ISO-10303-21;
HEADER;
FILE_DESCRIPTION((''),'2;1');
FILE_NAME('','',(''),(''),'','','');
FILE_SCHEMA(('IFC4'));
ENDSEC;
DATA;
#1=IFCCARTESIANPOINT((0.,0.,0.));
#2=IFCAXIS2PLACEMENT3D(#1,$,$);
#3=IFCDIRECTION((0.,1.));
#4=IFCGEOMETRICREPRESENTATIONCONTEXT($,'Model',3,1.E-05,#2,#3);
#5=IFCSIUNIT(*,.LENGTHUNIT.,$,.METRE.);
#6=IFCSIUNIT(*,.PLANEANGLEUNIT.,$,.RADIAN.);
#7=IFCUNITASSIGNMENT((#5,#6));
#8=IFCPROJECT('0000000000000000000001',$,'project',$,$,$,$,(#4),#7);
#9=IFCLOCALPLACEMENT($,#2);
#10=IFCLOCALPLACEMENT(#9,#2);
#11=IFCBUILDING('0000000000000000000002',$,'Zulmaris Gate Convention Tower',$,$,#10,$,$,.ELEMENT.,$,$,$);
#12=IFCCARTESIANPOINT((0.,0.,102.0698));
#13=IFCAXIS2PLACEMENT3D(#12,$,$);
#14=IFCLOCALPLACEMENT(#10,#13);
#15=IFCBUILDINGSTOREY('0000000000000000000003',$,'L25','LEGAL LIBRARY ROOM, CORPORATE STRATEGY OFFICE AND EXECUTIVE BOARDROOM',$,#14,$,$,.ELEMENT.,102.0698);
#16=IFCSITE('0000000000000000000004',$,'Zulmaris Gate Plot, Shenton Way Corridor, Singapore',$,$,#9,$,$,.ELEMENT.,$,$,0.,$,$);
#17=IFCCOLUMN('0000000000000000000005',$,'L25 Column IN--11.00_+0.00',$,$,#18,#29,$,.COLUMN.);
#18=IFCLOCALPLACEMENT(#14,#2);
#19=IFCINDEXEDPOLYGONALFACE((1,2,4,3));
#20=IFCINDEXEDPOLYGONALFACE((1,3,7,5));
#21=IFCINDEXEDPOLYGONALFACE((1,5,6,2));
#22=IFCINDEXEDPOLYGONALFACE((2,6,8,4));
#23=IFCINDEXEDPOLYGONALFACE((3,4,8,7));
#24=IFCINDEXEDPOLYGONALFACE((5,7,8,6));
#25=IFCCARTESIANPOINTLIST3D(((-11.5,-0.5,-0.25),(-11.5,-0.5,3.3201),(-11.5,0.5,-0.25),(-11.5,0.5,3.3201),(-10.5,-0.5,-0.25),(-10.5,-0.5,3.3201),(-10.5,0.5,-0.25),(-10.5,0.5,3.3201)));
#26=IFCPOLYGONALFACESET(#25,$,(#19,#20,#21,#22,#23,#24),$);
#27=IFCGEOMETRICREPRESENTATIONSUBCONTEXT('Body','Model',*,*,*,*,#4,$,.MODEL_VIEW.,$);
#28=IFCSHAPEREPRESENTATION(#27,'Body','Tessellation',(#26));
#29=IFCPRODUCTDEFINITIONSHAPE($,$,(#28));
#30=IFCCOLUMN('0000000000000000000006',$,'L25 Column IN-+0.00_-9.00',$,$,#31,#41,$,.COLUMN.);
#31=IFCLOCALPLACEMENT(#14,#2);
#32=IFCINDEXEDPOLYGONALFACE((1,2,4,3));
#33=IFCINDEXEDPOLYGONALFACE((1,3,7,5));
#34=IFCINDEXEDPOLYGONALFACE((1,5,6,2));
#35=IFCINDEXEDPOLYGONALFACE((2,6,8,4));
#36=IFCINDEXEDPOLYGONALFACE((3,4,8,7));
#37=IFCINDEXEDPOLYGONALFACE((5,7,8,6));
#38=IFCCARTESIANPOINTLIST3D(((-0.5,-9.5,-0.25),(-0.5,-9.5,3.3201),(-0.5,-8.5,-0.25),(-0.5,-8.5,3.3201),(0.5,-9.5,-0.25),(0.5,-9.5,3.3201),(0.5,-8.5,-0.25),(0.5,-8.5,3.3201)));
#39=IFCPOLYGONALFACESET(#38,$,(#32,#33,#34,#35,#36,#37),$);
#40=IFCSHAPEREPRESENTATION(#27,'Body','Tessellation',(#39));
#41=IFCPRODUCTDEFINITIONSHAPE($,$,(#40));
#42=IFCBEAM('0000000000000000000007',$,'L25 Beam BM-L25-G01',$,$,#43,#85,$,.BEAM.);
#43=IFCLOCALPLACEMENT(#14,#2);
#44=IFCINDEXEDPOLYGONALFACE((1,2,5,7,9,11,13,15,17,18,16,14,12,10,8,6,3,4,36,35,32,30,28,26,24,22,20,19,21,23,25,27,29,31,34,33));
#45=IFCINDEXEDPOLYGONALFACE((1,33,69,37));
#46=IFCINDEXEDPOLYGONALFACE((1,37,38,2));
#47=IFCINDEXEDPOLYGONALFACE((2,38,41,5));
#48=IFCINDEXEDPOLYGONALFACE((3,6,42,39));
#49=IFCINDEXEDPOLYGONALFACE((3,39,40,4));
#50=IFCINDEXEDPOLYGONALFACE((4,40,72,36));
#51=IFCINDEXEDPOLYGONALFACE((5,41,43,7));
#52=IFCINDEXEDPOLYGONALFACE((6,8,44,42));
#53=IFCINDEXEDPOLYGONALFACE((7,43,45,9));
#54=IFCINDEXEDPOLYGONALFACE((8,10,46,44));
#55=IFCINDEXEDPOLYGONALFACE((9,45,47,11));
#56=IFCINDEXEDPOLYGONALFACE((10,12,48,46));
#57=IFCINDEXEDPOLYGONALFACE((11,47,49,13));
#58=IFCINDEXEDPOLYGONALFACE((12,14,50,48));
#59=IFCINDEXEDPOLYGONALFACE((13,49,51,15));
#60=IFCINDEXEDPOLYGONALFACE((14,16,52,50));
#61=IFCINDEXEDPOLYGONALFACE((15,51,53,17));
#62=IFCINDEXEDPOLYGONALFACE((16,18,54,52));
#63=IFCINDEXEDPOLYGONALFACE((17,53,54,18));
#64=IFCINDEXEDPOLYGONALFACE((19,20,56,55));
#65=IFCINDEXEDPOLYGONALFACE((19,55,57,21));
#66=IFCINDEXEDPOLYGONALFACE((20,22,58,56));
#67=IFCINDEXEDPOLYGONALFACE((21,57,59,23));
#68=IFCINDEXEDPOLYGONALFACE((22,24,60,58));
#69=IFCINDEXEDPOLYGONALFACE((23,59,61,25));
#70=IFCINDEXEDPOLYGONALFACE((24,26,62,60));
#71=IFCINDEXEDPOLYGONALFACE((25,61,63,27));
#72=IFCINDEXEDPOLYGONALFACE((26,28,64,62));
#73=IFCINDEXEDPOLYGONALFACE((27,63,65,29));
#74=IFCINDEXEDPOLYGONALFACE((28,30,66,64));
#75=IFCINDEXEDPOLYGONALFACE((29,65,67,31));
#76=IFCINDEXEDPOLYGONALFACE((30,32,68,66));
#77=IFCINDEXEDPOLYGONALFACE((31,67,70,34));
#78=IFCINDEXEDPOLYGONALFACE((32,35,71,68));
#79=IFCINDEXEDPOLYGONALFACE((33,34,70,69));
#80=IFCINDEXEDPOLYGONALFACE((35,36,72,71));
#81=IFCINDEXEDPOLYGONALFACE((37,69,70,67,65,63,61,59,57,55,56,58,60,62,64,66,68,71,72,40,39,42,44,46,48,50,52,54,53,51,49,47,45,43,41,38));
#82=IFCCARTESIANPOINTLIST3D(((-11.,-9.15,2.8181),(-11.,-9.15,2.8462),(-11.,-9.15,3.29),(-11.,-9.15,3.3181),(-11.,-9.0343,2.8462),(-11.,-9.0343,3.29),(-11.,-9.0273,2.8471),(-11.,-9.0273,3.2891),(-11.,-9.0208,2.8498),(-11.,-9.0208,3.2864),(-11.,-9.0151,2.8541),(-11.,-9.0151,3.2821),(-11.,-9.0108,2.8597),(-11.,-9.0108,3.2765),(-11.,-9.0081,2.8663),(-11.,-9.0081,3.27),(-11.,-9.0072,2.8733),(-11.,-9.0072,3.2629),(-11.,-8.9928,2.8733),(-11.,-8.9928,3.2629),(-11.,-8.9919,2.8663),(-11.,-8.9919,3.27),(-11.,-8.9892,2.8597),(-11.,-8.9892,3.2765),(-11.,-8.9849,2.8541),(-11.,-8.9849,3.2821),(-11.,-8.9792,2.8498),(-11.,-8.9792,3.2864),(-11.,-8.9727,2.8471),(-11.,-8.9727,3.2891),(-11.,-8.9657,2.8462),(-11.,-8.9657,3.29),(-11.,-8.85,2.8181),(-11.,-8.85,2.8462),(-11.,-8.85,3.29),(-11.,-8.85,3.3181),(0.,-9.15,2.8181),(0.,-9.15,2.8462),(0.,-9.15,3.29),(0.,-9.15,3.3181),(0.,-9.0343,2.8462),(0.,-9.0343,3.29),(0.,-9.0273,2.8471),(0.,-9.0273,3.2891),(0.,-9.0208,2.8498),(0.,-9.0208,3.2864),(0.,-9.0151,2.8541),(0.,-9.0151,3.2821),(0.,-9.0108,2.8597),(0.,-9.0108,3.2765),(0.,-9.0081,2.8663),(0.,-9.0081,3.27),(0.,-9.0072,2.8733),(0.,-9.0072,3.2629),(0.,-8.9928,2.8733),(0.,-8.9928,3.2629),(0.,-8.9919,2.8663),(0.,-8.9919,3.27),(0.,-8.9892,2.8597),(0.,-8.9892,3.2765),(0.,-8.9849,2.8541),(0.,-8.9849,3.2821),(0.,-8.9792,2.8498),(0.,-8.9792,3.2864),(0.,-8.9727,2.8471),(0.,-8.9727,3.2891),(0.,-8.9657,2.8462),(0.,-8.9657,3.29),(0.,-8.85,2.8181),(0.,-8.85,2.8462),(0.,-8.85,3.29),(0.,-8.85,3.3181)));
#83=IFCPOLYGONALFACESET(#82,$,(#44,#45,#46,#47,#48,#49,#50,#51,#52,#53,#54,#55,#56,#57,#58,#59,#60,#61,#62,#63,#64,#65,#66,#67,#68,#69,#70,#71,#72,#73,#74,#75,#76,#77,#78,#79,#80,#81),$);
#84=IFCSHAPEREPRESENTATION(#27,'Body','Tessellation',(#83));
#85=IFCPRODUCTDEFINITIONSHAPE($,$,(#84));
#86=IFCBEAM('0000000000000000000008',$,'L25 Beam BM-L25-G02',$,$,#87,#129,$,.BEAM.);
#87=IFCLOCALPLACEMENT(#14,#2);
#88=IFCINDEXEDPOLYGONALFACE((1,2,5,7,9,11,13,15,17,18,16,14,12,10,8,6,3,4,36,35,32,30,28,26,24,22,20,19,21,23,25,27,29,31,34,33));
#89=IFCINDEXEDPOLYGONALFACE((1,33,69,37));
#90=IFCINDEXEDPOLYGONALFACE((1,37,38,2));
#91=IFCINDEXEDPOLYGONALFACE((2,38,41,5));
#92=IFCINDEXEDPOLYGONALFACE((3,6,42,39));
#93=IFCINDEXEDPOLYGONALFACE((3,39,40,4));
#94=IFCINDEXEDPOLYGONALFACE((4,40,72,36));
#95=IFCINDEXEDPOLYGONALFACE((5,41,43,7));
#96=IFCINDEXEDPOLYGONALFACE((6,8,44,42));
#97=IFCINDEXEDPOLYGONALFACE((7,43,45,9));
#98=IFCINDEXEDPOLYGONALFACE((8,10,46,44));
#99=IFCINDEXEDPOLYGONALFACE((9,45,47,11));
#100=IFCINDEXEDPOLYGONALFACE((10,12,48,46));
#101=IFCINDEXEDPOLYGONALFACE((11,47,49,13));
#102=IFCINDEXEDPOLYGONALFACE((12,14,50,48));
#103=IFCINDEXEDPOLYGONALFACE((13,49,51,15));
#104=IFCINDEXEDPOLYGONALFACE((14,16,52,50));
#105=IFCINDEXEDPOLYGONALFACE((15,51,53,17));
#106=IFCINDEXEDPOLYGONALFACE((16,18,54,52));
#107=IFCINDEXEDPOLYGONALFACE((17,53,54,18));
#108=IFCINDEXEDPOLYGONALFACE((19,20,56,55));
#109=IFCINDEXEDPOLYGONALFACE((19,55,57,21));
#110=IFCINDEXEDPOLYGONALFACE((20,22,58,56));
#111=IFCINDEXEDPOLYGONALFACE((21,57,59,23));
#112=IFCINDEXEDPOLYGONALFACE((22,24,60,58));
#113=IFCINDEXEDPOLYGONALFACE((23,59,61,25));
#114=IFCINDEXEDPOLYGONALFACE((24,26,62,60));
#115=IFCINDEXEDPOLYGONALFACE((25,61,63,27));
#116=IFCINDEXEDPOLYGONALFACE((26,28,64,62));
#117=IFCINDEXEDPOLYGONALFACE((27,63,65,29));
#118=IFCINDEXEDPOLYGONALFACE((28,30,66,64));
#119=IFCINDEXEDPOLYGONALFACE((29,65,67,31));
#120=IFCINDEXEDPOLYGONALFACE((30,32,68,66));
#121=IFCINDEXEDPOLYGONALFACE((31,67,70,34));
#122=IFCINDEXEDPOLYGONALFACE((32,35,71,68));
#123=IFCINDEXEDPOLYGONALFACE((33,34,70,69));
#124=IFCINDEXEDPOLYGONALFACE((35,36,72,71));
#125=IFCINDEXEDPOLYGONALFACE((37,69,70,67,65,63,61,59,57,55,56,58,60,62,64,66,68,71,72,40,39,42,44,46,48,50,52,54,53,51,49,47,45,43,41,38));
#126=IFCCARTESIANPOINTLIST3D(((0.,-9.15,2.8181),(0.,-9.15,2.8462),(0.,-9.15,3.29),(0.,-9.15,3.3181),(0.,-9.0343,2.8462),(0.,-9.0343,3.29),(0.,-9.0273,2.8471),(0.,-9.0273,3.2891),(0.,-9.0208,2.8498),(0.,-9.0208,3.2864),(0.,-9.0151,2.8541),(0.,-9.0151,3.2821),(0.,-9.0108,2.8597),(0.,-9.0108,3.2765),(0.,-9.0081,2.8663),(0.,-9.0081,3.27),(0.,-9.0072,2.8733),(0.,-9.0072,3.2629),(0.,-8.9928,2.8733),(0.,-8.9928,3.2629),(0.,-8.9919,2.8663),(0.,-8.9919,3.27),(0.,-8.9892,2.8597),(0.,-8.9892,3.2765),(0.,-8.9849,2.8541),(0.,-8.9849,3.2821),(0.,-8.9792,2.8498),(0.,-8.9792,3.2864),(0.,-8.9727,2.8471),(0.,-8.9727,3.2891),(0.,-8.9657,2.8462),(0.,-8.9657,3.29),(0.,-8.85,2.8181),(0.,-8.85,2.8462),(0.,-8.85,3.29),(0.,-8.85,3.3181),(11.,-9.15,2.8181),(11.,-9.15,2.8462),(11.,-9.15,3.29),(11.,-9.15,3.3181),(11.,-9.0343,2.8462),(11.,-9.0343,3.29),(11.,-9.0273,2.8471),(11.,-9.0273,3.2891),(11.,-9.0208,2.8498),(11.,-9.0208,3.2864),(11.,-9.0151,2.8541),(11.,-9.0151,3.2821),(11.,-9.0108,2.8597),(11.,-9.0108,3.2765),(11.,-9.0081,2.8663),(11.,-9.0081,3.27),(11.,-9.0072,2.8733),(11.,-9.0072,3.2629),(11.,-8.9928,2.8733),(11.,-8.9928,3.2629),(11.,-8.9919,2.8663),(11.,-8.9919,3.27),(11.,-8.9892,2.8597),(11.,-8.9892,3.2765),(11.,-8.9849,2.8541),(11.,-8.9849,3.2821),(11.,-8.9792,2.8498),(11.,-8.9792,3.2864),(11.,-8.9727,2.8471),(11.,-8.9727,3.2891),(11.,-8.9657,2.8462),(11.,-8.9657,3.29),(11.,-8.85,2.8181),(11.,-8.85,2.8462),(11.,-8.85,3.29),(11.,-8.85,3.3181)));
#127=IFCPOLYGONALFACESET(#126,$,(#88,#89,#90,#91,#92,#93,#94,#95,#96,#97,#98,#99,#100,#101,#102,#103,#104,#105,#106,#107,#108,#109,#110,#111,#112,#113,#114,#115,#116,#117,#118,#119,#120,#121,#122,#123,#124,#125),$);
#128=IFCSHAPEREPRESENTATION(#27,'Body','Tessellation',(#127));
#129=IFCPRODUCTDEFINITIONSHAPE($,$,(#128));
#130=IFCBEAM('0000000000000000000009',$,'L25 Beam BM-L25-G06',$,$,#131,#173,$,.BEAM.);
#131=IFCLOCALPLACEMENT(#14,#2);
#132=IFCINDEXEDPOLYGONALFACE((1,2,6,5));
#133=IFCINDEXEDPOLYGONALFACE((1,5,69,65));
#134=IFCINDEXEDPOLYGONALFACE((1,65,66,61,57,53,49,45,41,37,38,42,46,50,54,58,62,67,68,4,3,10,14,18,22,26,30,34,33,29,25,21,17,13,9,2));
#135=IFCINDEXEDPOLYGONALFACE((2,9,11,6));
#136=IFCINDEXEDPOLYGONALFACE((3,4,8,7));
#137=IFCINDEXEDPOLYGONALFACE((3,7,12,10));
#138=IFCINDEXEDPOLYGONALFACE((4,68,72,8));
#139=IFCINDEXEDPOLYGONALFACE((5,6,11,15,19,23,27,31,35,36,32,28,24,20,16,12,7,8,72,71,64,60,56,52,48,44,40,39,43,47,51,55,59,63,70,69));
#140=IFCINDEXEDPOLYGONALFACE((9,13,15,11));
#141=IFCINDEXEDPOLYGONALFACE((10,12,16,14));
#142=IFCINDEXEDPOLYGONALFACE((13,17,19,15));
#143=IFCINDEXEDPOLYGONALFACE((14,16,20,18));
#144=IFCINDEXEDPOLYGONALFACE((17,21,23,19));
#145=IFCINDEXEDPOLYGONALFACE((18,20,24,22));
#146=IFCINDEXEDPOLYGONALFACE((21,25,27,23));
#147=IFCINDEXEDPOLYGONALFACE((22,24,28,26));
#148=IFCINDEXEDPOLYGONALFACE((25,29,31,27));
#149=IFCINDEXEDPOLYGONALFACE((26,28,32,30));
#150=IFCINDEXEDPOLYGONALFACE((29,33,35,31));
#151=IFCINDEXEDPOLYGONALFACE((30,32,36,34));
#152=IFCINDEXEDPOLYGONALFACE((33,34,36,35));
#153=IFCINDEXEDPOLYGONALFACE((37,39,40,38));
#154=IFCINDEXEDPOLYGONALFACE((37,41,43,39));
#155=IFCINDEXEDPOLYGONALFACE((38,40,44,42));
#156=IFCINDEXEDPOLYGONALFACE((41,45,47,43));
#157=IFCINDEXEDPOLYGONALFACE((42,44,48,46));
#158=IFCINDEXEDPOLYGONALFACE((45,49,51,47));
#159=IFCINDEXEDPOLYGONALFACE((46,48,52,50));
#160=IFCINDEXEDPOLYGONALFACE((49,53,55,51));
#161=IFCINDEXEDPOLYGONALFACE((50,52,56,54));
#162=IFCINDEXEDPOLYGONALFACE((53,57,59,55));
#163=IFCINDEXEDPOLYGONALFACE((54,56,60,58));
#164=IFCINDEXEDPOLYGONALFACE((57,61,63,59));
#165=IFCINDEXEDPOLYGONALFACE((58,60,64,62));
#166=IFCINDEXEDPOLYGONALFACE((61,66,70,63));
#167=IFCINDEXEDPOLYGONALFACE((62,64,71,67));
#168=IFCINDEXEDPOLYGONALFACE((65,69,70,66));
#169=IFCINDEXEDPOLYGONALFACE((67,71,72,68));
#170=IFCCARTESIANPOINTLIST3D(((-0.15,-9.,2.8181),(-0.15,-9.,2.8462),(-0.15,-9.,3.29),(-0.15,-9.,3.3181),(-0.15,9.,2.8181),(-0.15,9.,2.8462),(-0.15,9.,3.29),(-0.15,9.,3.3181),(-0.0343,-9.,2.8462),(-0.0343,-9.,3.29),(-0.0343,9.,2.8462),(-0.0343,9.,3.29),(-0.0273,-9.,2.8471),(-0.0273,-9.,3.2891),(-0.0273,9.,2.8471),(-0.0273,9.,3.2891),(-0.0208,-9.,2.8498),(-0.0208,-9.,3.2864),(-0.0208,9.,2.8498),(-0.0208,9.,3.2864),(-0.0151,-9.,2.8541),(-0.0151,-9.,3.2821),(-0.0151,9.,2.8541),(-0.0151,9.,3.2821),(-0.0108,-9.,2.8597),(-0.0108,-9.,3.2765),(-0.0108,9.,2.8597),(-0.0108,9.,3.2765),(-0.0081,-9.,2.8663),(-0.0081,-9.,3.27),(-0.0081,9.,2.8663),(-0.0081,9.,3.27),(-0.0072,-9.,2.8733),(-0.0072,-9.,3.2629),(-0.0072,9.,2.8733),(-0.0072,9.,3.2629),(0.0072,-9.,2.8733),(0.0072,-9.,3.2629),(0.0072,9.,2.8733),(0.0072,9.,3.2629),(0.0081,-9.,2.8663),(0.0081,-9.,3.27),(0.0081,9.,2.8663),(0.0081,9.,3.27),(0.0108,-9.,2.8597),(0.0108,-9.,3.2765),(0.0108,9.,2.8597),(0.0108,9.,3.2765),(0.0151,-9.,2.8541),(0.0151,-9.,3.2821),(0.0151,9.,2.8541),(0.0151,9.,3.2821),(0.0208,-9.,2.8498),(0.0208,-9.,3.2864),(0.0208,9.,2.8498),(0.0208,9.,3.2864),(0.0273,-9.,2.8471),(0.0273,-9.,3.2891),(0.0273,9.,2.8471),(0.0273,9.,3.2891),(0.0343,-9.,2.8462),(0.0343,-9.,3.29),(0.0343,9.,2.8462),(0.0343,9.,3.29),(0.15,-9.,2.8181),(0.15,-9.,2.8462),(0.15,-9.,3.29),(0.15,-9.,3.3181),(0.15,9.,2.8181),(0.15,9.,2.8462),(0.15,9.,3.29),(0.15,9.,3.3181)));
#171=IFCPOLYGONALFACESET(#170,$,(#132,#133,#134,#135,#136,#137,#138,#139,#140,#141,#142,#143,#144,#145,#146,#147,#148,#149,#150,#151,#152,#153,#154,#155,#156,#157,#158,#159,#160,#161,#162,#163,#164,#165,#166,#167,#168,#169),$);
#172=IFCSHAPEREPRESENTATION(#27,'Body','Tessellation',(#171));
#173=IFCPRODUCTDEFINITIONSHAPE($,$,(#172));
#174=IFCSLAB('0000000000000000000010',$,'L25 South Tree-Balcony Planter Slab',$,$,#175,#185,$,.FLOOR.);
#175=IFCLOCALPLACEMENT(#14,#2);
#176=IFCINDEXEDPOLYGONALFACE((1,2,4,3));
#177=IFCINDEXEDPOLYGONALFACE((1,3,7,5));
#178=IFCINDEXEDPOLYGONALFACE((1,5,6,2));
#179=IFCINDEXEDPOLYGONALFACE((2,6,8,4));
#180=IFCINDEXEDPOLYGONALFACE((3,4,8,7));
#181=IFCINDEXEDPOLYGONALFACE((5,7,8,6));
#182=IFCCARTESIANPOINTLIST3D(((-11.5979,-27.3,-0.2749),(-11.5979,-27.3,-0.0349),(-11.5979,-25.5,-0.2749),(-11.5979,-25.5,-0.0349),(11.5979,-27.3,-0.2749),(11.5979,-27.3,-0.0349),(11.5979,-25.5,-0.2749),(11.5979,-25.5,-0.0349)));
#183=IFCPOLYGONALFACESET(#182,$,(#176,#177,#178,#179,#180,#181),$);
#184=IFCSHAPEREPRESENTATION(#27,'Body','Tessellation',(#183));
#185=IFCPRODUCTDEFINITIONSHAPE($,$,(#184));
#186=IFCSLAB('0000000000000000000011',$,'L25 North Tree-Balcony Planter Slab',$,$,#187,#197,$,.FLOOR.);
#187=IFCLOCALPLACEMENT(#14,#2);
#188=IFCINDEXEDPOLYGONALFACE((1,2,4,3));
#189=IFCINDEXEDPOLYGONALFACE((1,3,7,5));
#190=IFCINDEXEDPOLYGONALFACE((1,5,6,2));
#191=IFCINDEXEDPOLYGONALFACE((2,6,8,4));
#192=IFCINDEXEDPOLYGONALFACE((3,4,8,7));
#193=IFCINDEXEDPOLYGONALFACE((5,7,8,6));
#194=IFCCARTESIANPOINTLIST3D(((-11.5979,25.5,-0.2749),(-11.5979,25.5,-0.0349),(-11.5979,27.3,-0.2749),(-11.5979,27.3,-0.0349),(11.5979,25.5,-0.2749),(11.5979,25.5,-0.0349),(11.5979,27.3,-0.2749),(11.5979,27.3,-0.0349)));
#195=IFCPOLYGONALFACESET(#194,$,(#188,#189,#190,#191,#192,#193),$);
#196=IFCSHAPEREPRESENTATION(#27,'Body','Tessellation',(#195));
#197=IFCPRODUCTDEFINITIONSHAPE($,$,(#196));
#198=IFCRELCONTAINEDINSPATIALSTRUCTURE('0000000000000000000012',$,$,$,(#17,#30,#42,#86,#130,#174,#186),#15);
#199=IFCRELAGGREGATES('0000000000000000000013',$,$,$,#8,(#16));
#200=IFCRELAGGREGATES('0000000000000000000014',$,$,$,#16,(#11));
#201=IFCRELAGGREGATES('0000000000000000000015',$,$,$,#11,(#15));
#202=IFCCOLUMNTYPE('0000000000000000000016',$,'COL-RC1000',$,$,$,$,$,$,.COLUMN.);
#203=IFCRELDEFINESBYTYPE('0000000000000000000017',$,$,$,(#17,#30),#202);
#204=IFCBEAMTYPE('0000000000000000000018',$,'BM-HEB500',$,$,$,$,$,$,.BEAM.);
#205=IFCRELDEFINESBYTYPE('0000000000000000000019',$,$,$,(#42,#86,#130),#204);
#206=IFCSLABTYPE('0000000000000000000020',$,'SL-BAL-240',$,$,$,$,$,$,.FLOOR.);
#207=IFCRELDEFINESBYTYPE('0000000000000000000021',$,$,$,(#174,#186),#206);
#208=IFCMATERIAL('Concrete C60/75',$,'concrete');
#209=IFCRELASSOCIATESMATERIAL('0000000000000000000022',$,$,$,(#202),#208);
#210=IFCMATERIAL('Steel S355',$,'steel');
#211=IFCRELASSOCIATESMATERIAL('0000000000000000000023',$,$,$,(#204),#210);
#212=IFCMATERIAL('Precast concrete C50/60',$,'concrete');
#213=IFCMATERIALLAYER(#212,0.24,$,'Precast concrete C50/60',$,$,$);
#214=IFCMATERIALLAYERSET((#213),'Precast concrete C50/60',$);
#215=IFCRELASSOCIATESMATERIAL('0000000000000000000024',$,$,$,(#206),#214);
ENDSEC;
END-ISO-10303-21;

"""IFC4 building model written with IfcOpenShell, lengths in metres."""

from ifc_helpers import new_model, si_unit, direction, frame, origin, origin_2d, place, context, subcontext, project, spatial, polyline, rectangle, i_section, outline, extrude, material, layer, layer_set, material_profile, profile_set, type_object, element, save


model = new_model("IFC4")

# Units and contexts
model_context = context("Model", 3, precision=1e-05, world=origin(), true_north=direction((0.0, 1.0)))
body_context = subcontext(model_context, "Body", "Model", "MODEL_VIEW")
ifc_project = project(units=[si_unit("LENGTHUNIT", "METRE"), si_unit("PLANEANGLEUNIT", "RADIAN")], contexts=[model_context])

# Site, building, storey
site_placement = place(None, origin())
site = spatial("IfcSite", under=ifc_project, at=site_placement, Name="Zulmaris Gate Plot, Shenton Way Corridor, Singapore", CompositionType="ELEMENT", RefElevation=0.0)
building_placement = place(site_placement, origin())
building = spatial("IfcBuilding", under=site, at=building_placement, Name="Zulmaris Gate Convention Tower", CompositionType="ELEMENT")
storey_placement = place(building_placement, frame((0.0, 0.0, 102.0698)))
storey = spatial("IfcBuildingStorey", under=building, at=storey_placement, Name="L25", Description="LEGAL LIBRARY ROOM, CORPORATE STRATEGY OFFICE AND EXECUTIVE BOARDROOM", CompositionType="ELEMENT", Elevation=102.0698)

# Columns
ifc_material_1 = material(Name="Concrete C60/75", Category="concrete")
ifc_material_profile_1 = material_profile(ifc_material_1, rectangle(XDim=1.0, YDim=1.0, at=origin_2d()), Name="RC COL 1000x1000")
ifc_profile_set_1 = profile_set([ifc_material_profile_1], Name="Concrete C60/75")
column_type = type_object("IfcColumnType", Name="COL-RC1000", PredefinedType="COLUMN", material=ifc_profile_set_1)
for number, where, z_axis, x_axis, name in (
    (1, (-11.0, 0.0, -0.25), (0.0, 0.0, 1.0), (1.0, 0.0, 0.0), "L25 Column IN--11.00_+0.00"),
    (2, (0.0, -9.0, -0.25), (0.0, 0.0, 1.0), (1.0, 0.0, 0.0), "L25 Column IN-+0.00_-9.00"),
):
    element("IfcColumn", number, at=place(storey_placement, frame(where, z_axis=z_axis, x_axis=x_axis)), inside=storey, type_object=column_type, Name=name, PredefinedType="COLUMN", context=body_context, shape_type="SweptSolid", body=[
        extrude(rectangle(XDim=1.0, YDim=1.0, at=origin_2d()), origin(), (0.0, 0.0, 1.0), 3.5701),
    ])

# Beams
ifc_material_2 = material(Name="Steel S355", Category="steel")
ifc_material_profile_2 = material_profile(ifc_material_2, i_section(OverallWidth=0.3, OverallDepth=0.5, WebThickness=0.0144, FlangeThickness=0.0281, FilletRadius=0.0271, at=origin_2d()), Name="HEB 500")
ifc_profile_set_2 = profile_set([ifc_material_profile_2], Name="Steel S355")
beam_type = type_object("IfcBeamType", Name="BM-HEB500", PredefinedType="BEAM", material=ifc_profile_set_2)
for number, where, z_axis, x_axis, name in (
    (3, (-11.0, -9.0, 3.0681), (1.0, 0.0, 0.0), (0.0, 1.0, 0.0), "L25 Beam BM-L25-G01"),
    (4, (0.0, -9.0, 3.0681), (1.0, 0.0, 0.0), (0.0, 1.0, 0.0), "L25 Beam BM-L25-G02"),
):
    element("IfcBeam", number, at=place(storey_placement, frame(where, z_axis=z_axis, x_axis=x_axis)), inside=storey, type_object=beam_type, Name=name, PredefinedType="BEAM", context=body_context, shape_type="SweptSolid", body=[
        extrude(i_section(OverallWidth=0.3, OverallDepth=0.5, WebThickness=0.0144, FlangeThickness=0.0281, FilletRadius=0.0271, at=origin_2d()), origin(), (0.0, 0.0, 1.0), 11.0),
    ])
beam_placement = place(storey_placement, frame((0.0, -9.0, 3.0681), z_axis=(0.0, 1.0, 0.0), x_axis=(-1.0, 0.0, 0.0)))
element("IfcBeam", 5, at=beam_placement, inside=storey, type_object=beam_type, Name="L25 Beam BM-L25-G06", PredefinedType="BEAM", context=body_context, shape_type="SweptSolid", body=[
    extrude(i_section(OverallWidth=0.3, OverallDepth=0.5, WebThickness=0.0144, FlangeThickness=0.0281, FilletRadius=0.0271, at=origin_2d()), origin(), (0.0, 0.0, 1.0), 18.0),
])

# Slabs
ifc_material_3 = material(Name="Precast concrete C50/60", Category="concrete")
ifc_layer_1 = layer(ifc_material_3, 0.24, Name="Precast concrete C50/60")
ifc_layer_set_1 = layer_set([ifc_layer_1], Name="Precast concrete C50/60")
slab_type_1 = type_object("IfcSlabType", Name="SL-BAL-240", PredefinedType="FLOOR", material=ifc_layer_set_1)
slab_1_placement = place(storey_placement, frame((0.0, 0.0, -0.2749)))
element("IfcSlab", 6, at=slab_1_placement, inside=storey, type_object=slab_type_1, Name="L25 South Tree-Balcony Planter Slab", PredefinedType="FLOOR", context=body_context, shape_type="SweptSolid", body=[
    extrude(outline(polyline([(-11.5979, -27.3), (-11.5979, -25.5), (11.5979, -25.5), (11.5979, -27.3), (-11.5979, -27.3)])), origin(), (0.0, 0.0, 1.0), 0.24),
])
slab_2_placement = place(storey_placement, frame((0.0, 0.0, -0.2749)))
element("IfcSlab", 7, at=slab_2_placement, inside=storey, type_object=slab_type_1, Name="L25 North Tree-Balcony Planter Slab", PredefinedType="FLOOR", context=body_context, shape_type="SweptSolid", body=[
    extrude(outline(polyline([(11.5979, 27.3), (11.5979, 25.5), (-11.5979, 25.5), (-11.5979, 27.3), (11.5979, 27.3)])), origin(), (0.0, 0.0, 1.0), 0.24),
])

save(model, "model.ifc")
